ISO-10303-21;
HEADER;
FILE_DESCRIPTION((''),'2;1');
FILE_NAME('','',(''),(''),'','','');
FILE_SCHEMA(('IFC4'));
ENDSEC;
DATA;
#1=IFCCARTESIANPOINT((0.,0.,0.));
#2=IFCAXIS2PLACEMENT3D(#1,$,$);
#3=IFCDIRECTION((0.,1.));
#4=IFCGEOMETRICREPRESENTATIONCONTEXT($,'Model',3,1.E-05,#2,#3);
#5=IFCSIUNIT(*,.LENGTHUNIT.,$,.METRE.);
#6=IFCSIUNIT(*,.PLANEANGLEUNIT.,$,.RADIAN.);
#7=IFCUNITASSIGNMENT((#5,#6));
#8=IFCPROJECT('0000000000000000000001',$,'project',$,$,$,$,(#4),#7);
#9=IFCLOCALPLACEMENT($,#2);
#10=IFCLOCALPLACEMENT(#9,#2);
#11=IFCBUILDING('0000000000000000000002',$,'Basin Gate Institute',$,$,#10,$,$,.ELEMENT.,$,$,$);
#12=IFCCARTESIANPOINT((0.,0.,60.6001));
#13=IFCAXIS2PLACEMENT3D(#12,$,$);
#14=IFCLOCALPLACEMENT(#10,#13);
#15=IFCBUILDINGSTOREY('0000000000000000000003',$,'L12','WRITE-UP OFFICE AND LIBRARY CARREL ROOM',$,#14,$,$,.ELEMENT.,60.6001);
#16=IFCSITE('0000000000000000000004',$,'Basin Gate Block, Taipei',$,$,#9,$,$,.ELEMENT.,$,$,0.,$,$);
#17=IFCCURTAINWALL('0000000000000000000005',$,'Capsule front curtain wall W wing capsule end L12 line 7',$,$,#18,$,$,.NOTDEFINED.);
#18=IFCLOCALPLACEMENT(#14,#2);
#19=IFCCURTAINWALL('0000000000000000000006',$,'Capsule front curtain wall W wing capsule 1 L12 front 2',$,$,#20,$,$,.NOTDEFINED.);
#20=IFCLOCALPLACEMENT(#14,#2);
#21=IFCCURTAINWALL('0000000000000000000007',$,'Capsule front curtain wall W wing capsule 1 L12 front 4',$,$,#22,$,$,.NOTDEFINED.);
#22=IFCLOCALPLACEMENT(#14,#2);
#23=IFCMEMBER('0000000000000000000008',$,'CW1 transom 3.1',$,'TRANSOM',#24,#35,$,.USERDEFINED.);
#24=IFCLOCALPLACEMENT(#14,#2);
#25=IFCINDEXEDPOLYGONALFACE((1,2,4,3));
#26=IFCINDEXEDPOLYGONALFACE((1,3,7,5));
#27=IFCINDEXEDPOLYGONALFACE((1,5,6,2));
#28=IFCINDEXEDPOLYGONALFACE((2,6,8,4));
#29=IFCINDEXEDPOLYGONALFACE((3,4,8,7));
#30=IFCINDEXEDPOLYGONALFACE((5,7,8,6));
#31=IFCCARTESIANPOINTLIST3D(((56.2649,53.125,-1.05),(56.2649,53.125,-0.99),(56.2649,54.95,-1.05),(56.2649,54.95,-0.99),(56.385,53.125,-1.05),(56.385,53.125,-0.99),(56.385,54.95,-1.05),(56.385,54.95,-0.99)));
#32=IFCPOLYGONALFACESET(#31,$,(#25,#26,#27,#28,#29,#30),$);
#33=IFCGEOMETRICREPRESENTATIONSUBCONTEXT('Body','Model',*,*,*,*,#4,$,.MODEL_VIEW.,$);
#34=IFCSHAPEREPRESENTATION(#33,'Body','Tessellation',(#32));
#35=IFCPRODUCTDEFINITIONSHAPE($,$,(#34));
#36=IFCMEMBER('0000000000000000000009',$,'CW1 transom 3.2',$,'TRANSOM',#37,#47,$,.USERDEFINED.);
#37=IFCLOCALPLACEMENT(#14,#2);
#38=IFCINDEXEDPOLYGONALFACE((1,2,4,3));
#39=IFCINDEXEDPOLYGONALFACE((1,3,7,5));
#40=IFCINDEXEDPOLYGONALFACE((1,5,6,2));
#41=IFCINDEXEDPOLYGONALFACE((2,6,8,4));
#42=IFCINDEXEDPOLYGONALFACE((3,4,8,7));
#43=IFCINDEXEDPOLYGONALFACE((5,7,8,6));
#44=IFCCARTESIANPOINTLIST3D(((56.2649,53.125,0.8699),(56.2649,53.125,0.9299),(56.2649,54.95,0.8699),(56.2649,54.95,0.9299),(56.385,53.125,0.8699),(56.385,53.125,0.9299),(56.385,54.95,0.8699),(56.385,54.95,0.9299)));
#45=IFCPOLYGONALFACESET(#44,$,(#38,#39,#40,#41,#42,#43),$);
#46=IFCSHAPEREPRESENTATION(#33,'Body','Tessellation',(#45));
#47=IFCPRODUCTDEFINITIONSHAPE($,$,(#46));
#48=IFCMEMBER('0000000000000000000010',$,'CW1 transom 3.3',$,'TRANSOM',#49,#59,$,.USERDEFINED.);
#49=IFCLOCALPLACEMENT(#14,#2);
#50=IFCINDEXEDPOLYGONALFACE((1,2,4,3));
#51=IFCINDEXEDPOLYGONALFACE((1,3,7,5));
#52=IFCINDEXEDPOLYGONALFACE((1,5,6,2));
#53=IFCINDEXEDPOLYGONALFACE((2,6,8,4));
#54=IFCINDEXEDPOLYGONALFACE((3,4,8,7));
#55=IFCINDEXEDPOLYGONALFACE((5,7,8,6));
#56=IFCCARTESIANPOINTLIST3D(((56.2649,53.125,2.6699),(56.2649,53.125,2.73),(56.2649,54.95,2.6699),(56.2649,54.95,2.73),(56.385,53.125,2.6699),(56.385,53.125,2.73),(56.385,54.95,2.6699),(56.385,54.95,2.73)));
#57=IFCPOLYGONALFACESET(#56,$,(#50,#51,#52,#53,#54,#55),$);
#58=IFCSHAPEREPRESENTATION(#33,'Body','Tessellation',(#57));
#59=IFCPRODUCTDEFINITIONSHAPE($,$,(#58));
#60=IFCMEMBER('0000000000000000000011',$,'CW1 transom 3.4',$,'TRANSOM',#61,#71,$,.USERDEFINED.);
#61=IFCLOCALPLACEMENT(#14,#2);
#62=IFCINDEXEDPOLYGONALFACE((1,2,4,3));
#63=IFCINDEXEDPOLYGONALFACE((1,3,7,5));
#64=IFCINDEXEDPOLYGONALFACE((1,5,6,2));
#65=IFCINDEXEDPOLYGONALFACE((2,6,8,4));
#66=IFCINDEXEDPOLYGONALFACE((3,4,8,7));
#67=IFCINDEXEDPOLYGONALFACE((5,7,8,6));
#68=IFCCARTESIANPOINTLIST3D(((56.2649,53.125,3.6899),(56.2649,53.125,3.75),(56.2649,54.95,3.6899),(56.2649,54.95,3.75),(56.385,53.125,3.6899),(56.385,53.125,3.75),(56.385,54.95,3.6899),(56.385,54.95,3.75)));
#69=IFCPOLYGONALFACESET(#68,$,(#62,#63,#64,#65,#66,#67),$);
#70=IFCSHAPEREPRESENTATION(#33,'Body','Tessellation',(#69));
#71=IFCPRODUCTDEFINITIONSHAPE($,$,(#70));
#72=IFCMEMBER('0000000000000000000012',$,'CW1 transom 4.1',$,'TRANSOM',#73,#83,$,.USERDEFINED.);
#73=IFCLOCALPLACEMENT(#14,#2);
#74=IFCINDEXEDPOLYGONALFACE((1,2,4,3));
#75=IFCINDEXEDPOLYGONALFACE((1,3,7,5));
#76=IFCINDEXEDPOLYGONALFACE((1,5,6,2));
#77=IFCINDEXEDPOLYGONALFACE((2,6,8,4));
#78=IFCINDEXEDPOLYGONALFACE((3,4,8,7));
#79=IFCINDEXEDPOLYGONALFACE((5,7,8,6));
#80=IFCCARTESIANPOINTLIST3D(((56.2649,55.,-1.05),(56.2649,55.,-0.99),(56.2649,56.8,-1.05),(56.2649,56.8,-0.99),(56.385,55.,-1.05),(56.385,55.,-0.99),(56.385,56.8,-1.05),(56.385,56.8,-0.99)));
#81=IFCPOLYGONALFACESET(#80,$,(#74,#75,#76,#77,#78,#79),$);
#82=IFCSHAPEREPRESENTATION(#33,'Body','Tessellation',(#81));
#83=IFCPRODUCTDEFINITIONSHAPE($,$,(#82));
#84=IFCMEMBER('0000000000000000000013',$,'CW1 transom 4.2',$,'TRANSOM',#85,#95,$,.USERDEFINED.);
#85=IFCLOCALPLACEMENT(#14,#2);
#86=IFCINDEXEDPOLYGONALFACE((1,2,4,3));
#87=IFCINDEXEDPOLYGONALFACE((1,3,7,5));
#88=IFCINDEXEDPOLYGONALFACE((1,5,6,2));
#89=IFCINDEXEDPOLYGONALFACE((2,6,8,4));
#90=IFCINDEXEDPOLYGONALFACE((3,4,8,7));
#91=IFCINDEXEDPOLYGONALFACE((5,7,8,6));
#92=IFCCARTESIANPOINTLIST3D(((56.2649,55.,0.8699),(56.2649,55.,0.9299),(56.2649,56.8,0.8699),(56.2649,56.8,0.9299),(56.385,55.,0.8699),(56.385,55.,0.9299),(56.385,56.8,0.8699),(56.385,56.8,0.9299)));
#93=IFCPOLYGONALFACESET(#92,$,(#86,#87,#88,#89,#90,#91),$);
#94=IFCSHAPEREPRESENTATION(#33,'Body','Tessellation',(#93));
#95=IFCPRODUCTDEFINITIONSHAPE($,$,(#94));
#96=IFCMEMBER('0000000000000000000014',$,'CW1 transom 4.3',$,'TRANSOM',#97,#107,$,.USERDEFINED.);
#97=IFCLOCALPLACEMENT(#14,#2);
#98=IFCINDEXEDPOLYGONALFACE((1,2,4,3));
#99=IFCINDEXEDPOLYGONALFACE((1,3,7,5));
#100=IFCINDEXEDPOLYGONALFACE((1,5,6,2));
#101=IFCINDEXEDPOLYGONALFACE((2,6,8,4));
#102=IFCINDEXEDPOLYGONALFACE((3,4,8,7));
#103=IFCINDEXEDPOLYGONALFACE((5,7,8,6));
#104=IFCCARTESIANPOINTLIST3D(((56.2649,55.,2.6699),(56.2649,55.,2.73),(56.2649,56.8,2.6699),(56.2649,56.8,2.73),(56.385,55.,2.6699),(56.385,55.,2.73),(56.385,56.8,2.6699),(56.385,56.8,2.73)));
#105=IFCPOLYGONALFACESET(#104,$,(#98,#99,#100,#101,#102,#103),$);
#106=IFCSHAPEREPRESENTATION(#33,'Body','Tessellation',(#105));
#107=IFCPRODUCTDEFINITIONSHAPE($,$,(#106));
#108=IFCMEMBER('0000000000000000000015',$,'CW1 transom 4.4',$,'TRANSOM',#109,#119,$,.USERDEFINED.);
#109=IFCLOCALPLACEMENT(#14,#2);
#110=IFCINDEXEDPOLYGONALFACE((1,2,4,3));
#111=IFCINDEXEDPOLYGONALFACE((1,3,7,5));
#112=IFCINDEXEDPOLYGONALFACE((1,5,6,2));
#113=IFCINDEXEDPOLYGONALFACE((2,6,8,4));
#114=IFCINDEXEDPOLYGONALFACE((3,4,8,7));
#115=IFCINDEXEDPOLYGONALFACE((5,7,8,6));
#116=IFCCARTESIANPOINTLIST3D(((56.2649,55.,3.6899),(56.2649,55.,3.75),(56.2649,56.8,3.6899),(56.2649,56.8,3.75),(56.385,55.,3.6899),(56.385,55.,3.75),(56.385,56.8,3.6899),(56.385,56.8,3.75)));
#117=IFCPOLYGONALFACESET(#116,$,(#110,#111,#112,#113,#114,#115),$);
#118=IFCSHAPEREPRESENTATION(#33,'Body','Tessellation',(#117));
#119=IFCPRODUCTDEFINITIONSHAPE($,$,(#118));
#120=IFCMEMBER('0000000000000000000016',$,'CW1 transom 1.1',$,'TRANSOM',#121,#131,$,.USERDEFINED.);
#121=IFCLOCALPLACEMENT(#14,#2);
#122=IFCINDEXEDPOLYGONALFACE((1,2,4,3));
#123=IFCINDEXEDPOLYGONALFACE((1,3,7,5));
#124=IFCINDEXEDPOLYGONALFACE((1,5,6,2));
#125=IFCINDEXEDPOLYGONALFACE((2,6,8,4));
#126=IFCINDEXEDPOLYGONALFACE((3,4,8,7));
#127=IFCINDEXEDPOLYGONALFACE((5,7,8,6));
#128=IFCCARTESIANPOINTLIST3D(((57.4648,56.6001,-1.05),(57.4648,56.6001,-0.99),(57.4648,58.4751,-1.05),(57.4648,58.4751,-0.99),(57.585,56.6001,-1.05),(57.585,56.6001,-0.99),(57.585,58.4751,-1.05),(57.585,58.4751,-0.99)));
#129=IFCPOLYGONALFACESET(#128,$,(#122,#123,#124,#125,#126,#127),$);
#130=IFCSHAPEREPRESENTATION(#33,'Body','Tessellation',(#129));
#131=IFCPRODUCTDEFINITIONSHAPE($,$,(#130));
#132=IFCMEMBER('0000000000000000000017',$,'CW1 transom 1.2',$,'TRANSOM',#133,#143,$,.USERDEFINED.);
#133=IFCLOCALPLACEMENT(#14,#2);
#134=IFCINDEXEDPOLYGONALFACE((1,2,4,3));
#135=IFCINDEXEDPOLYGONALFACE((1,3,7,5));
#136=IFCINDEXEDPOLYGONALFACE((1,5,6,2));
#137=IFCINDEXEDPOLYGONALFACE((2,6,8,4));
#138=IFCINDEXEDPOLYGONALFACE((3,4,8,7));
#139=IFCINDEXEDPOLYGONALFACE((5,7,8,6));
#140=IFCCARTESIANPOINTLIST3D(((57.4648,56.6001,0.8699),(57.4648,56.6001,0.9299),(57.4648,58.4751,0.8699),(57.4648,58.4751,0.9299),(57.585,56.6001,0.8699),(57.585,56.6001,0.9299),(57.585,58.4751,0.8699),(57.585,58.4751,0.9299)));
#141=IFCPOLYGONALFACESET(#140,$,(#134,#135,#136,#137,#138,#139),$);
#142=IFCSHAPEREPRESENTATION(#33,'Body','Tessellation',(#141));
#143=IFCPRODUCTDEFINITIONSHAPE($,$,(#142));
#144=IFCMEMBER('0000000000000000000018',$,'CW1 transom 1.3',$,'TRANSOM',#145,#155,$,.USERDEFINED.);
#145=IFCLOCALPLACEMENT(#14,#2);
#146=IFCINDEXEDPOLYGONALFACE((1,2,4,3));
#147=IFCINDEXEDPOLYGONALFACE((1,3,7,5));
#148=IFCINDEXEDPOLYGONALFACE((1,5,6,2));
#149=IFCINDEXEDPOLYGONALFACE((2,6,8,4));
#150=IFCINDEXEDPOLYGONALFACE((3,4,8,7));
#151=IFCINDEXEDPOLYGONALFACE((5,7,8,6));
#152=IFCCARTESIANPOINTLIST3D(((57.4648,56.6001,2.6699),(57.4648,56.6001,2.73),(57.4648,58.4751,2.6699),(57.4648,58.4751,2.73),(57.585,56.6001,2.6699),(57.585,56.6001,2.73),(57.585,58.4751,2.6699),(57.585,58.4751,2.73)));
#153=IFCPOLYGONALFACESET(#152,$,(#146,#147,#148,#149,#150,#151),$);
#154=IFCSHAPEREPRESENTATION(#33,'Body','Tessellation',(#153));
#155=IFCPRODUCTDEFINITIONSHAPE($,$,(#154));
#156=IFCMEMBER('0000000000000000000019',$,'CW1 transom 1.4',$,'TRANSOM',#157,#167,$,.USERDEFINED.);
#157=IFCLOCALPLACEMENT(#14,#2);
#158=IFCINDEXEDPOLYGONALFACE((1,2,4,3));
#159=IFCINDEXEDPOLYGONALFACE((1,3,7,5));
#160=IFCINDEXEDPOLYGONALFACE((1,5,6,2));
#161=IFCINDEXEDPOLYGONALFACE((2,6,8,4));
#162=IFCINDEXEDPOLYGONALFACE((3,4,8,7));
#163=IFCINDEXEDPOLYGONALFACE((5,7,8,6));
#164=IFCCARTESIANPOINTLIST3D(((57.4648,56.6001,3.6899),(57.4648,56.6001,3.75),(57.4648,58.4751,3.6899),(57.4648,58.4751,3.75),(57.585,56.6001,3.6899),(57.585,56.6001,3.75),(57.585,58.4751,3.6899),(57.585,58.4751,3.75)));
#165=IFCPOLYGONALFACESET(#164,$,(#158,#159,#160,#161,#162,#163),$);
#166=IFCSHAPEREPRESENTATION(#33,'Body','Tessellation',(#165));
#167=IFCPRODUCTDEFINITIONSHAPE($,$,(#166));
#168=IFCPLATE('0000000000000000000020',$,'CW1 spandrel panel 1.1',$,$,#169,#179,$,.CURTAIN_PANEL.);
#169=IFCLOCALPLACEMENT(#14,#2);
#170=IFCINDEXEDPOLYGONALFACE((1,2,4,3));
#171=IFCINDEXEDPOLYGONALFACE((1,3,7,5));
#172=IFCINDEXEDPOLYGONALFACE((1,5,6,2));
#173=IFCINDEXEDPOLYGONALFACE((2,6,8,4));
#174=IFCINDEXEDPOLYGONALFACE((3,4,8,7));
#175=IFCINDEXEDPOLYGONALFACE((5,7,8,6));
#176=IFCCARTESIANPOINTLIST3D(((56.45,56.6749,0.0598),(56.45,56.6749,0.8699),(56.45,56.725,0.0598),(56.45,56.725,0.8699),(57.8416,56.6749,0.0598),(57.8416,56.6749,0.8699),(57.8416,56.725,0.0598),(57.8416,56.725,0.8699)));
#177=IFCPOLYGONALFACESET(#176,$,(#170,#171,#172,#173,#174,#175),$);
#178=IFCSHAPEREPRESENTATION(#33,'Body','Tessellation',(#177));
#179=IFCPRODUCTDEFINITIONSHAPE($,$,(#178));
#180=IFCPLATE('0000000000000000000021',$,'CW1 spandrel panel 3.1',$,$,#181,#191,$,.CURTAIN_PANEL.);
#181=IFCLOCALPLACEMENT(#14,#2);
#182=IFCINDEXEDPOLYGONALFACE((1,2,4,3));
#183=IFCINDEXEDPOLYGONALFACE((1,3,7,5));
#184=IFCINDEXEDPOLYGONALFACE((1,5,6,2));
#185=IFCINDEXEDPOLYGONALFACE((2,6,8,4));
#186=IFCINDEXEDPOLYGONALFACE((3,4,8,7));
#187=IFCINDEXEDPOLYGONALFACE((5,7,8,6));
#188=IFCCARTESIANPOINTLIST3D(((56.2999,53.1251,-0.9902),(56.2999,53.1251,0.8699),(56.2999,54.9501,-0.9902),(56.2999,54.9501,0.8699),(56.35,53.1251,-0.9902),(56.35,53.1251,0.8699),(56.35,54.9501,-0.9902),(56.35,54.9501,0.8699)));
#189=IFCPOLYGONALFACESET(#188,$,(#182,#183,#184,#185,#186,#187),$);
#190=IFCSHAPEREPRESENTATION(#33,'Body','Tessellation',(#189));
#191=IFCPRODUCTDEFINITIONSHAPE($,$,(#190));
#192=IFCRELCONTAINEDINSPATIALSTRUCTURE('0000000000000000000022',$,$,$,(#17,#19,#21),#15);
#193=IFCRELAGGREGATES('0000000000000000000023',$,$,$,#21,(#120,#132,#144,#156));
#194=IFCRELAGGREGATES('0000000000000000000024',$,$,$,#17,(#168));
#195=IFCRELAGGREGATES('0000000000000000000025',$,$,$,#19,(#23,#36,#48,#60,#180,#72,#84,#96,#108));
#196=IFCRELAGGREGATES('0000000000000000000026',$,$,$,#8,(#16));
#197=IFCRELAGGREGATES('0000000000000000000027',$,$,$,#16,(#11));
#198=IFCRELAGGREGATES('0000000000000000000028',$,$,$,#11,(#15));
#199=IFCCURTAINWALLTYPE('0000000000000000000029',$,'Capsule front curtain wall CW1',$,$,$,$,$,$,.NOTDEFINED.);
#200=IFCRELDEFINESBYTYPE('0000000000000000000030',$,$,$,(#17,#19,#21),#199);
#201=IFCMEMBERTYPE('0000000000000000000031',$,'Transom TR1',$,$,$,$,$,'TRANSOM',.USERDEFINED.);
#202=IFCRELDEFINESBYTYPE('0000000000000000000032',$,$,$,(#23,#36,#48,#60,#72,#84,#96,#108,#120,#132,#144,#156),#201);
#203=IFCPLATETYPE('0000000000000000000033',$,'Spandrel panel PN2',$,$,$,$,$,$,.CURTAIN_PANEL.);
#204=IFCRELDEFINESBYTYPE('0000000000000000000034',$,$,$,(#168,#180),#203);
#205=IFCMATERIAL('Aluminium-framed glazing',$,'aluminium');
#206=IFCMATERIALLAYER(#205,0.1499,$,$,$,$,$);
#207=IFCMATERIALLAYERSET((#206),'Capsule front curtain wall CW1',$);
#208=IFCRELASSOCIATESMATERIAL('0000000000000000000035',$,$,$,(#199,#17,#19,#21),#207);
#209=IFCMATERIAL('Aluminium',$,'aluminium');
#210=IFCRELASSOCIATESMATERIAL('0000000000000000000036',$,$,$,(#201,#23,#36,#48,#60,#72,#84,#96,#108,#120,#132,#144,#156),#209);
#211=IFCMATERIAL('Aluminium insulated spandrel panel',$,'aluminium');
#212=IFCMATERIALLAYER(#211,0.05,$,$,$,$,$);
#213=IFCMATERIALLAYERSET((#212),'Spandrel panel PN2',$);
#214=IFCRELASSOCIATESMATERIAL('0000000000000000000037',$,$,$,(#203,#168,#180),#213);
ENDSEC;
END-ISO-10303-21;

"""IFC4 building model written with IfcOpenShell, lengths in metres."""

from ifc_helpers import new_model, si_unit, direction, frame, origin, origin_2d, place, context, subcontext, project, spatial, rectangle, extrude, material, layer, layer_set, material_profile, profile_set, type_object, element, aggregate, save


model = new_model("IFC4")

# Units and contexts
model_context = context("Model", 3, precision=1e-05, world=origin(), true_north=direction((0.0, 1.0)))
body_context = subcontext(model_context, "Body", "Model", "MODEL_VIEW")
ifc_project = project(units=[si_unit("LENGTHUNIT", "METRE"), si_unit("PLANEANGLEUNIT", "RADIAN")], contexts=[model_context])

# Site, building, storey
site_placement = place(None, origin())
site = spatial("IfcSite", under=ifc_project, at=site_placement, Name="Basin Gate Block, Taipei", CompositionType="ELEMENT", RefElevation=0.0)
building_placement = place(site_placement, origin())
building = spatial("IfcBuilding", under=site, at=building_placement, Name="Basin Gate Institute", CompositionType="ELEMENT")
storey_placement = place(building_placement, frame((0.0, 0.0, 60.6001)))
storey = spatial("IfcBuildingStorey", under=building, at=storey_placement, Name="L12", Description="WRITE-UP OFFICE AND LIBRARY CARREL ROOM", CompositionType="ELEMENT", Elevation=60.6001)

# Curtain walls
ifc_material_1 = material(Name="Aluminium-framed glazing", Category="aluminium")
ifc_layer_1 = layer(ifc_material_1, 0.1499)
ifc_layer_set_1 = layer_set([ifc_layer_1], Name="Capsule front curtain wall CW1")
curtain_wall_type = type_object("IfcCurtainWallType", Name="Capsule front curtain wall CW1", PredefinedType="NOTDEFINED", material=ifc_layer_set_1)
curtain_wall_1_placement = place(storey_placement, origin())
curtain_wall_1 = element("IfcCurtainWall", 1, at=curtain_wall_1_placement, inside=storey, type_object=curtain_wall_type, material=ifc_layer_set_1, Name="Capsule front curtain wall W wing capsule end L12 line 7", PredefinedType="NOTDEFINED")
curtain_wall_2_placement = place(storey_placement, origin())
curtain_wall_2 = element("IfcCurtainWall", 2, at=curtain_wall_2_placement, inside=storey, type_object=curtain_wall_type, material=ifc_layer_set_1, Name="Capsule front curtain wall W wing capsule 1 L12 front 2", PredefinedType="NOTDEFINED")

# Curtain wall
curtain_wall_3_placement = place(storey_placement, origin())
curtain_wall_3 = element("IfcCurtainWall", 3, at=curtain_wall_3_placement, inside=storey, type_object=curtain_wall_type, material=ifc_layer_set_1, Name="Capsule front curtain wall W wing capsule 1 L12 front 4", PredefinedType="NOTDEFINED")

# Members
ifc_material_2 = material(Name="Aluminium", Category="aluminium")
ifc_material_profile_1 = material_profile(ifc_material_2, rectangle(XDim=0.1201, YDim=0.0601, at=origin_2d()), Name="Transom TR1 120 x 60")
ifc_profile_set_1 = profile_set([ifc_material_profile_1], Name="Aluminium")
member_type_1 = type_object("IfcMemberType", Name="Transom TR1", ElementType="TRANSOM", PredefinedType="USERDEFINED", material=ifc_profile_set_1)
member_1_placement = place(storey_placement, frame((56.325, 53.125, -1.02), z_axis=(0.0, 1.0, 0.0), x_axis=(-1.0, 0.0, 0.0)))
member_1 = element("IfcMember", 4, at=member_1_placement, type_object=member_type_1, material=ifc_profile_set_1, Name="CW1 transom 3.1", ObjectType="TRANSOM", PredefinedType="USERDEFINED", context=body_context, shape_type="SweptSolid", body=[
    extrude(rectangle(XDim=0.1201, YDim=0.0601, at=origin_2d()), origin(), (0.0, 0.0, 1.0), 1.825),
])
member_2_placement = place(storey_placement, frame((56.325, 53.125, 0.8999), z_axis=(0.0, 1.0, 0.0), x_axis=(-1.0, 0.0, 0.0)))
member_2 = element("IfcMember", 5, at=member_2_placement, type_object=member_type_1, material=ifc_profile_set_1, Name="CW1 transom 3.2", ObjectType="TRANSOM", PredefinedType="USERDEFINED", context=body_context, shape_type="SweptSolid", body=[
    extrude(rectangle(XDim=0.1201, YDim=0.0601, at=origin_2d()), origin(), (0.0, 0.0, 1.0), 1.825),
])
member_3_placement = place(storey_placement, frame((56.325, 53.125, 2.7), z_axis=(0.0, 1.0, 0.0), x_axis=(-1.0, 0.0, 0.0)))
member_3 = element("IfcMember", 6, at=member_3_placement, type_object=member_type_1, material=ifc_profile_set_1, Name="CW1 transom 3.3", ObjectType="TRANSOM", PredefinedType="USERDEFINED", context=body_context, shape_type="SweptSolid", body=[
    extrude(rectangle(XDim=0.1201, YDim=0.0601, at=origin_2d()), origin(), (0.0, 0.0, 1.0), 1.825),
])
member_4_placement = place(storey_placement, frame((56.325, 53.125, 3.72), z_axis=(0.0, 1.0, 0.0), x_axis=(-1.0, 0.0, 0.0)))
member_4 = element("IfcMember", 7, at=member_4_placement, type_object=member_type_1, material=ifc_profile_set_1, Name="CW1 transom 3.4", ObjectType="TRANSOM", PredefinedType="USERDEFINED", context=body_context, shape_type="SweptSolid", body=[
    extrude(rectangle(XDim=0.1201, YDim=0.0601, at=origin_2d()), origin(), (0.0, 0.0, 1.0), 1.825),
])
member_5_placement = place(storey_placement, frame((56.325, 55.0, -1.02), z_axis=(0.0, 1.0, 0.0), x_axis=(-1.0, 0.0, 0.0)))
member_5 = element("IfcMember", 8, at=member_5_placement, type_object=member_type_1, material=ifc_profile_set_1, Name="CW1 transom 4.1", ObjectType="TRANSOM", PredefinedType="USERDEFINED", context=body_context, shape_type="SweptSolid", body=[
    extrude(rectangle(XDim=0.1201, YDim=0.0601, at=origin_2d()), origin(), (0.0, 0.0, 1.0), 1.8),
])
member_6_placement = place(storey_placement, frame((56.325, 55.0, 0.8999), z_axis=(0.0, 1.0, 0.0), x_axis=(-1.0, 0.0, 0.0)))
member_6 = element("IfcMember", 9, at=member_6_placement, type_object=member_type_1, material=ifc_profile_set_1, Name="CW1 transom 4.2", ObjectType="TRANSOM", PredefinedType="USERDEFINED", context=body_context, shape_type="SweptSolid", body=[
    extrude(rectangle(XDim=0.1201, YDim=0.0601, at=origin_2d()), origin(), (0.0, 0.0, 1.0), 1.8),
])
member_7_placement = place(storey_placement, frame((56.325, 55.0, 2.7), z_axis=(0.0, 1.0, 0.0), x_axis=(-1.0, 0.0, 0.0)))
member_7 = element("IfcMember", 10, at=member_7_placement, type_object=member_type_1, material=ifc_profile_set_1, Name="CW1 transom 4.3", ObjectType="TRANSOM", PredefinedType="USERDEFINED", context=body_context, shape_type="SweptSolid", body=[
    extrude(rectangle(XDim=0.1201, YDim=0.0601, at=origin_2d()), origin(), (0.0, 0.0, 1.0), 1.8),
])
member_8_placement = place(storey_placement, frame((56.325, 55.0, 3.72), z_axis=(0.0, 1.0, 0.0), x_axis=(-1.0, 0.0, 0.0)))
member_8 = element("IfcMember", 11, at=member_8_placement, type_object=member_type_1, material=ifc_profile_set_1, Name="CW1 transom 4.4", ObjectType="TRANSOM", PredefinedType="USERDEFINED", context=body_context, shape_type="SweptSolid", body=[
    extrude(rectangle(XDim=0.1201, YDim=0.0601, at=origin_2d()), origin(), (0.0, 0.0, 1.0), 1.8),
])
member_9_placement = place(storey_placement, frame((57.5249, 56.6001, -1.02), z_axis=(0.0, 1.0, 0.0), x_axis=(-1.0, 0.0, 0.0)))
member_9 = element("IfcMember", 12, at=member_9_placement, type_object=member_type_1, material=ifc_profile_set_1, Name="CW1 transom 1.1", ObjectType="TRANSOM", PredefinedType="USERDEFINED", context=body_context, shape_type="SweptSolid", body=[
    extrude(rectangle(XDim=0.1201, YDim=0.0601, at=origin_2d()), origin(), (0.0, 0.0, 1.0), 1.875),
])
member_10_placement = place(storey_placement, frame((57.5249, 56.6001, 0.8999), z_axis=(0.0, 1.0, 0.0), x_axis=(-1.0, 0.0, 0.0)))
member_10 = element("IfcMember", 13, at=member_10_placement, type_object=member_type_1, material=ifc_profile_set_1, Name="CW1 transom 1.2", ObjectType="TRANSOM", PredefinedType="USERDEFINED", context=body_context, shape_type="SweptSolid", body=[
    extrude(rectangle(XDim=0.1201, YDim=0.0601, at=origin_2d()), origin(), (0.0, 0.0, 1.0), 1.875),
])
member_11_placement = place(storey_placement, frame((57.5249, 56.6001, 2.7), z_axis=(0.0, 1.0, 0.0), x_axis=(-1.0, 0.0, 0.0)))
member_11 = element("IfcMember", 14, at=member_11_placement, type_object=member_type_1, material=ifc_profile_set_1, Name="CW1 transom 1.3", ObjectType="TRANSOM", PredefinedType="USERDEFINED", context=body_context, shape_type="SweptSolid", body=[
    extrude(rectangle(XDim=0.1201, YDim=0.0601, at=origin_2d()), origin(), (0.0, 0.0, 1.0), 1.875),
])
member_12_placement = place(storey_placement, frame((57.5249, 56.6001, 3.72), z_axis=(0.0, 1.0, 0.0), x_axis=(-1.0, 0.0, 0.0)))
member_12 = element("IfcMember", 15, at=member_12_placement, type_object=member_type_1, material=ifc_profile_set_1, Name="CW1 transom 1.4", ObjectType="TRANSOM", PredefinedType="USERDEFINED", context=body_context, shape_type="SweptSolid", body=[
    extrude(rectangle(XDim=0.1201, YDim=0.0601, at=origin_2d()), origin(), (0.0, 0.0, 1.0), 1.875),
])
aggregate(curtain_wall_3, [member_9, member_10, member_11, member_12])

# Plates
ifc_material_3 = material(Name="Aluminium insulated spandrel panel", Category="aluminium")
ifc_layer_2 = layer(ifc_material_3, 0.05)
ifc_layer_set_2 = layer_set([ifc_layer_2], Name="Spandrel panel PN2")
plate_type_1 = type_object("IfcPlateType", Name="Spandrel panel PN2", PredefinedType="CURTAIN_PANEL", material=ifc_layer_set_2)
plate_1_placement = place(storey_placement, frame((57.1458, 56.7, 0.0598), z_axis=(0.0, 0.0, 1.0), x_axis=(1.0, 0.0, 0.0)))
plate_1 = element("IfcPlate", 16, at=plate_1_placement, type_object=plate_type_1, material=ifc_layer_set_2, Name="CW1 spandrel panel 1.1", PredefinedType="CURTAIN_PANEL", context=body_context, shape_type="SweptSolid", body=[
    extrude(rectangle(XDim=1.3916, YDim=0.05, at=origin_2d()), origin(), (0.0, 0.0, 1.0), 0.8101),
])
plate_2_placement = place(storey_placement, frame((56.325, 54.0376, -0.9902), z_axis=(0.0, 0.0, 1.0), x_axis=(0.0, 1.0, 0.0)))
plate_2 = element("IfcPlate", 17, at=plate_2_placement, type_object=plate_type_1, material=ifc_layer_set_2, Name="CW1 spandrel panel 3.1", PredefinedType="CURTAIN_PANEL", context=body_context, shape_type="SweptSolid", body=[
    extrude(rectangle(XDim=1.825, YDim=0.05, at=origin_2d()), origin(), (0.0, 0.0, 1.0), 1.8601),
])
aggregate(curtain_wall_1, [plate_1])
aggregate(curtain_wall_2, [member_1, member_2, member_3, member_4, plate_2, member_5, member_6, member_7, member_8])

save(model, "model.ifc")
